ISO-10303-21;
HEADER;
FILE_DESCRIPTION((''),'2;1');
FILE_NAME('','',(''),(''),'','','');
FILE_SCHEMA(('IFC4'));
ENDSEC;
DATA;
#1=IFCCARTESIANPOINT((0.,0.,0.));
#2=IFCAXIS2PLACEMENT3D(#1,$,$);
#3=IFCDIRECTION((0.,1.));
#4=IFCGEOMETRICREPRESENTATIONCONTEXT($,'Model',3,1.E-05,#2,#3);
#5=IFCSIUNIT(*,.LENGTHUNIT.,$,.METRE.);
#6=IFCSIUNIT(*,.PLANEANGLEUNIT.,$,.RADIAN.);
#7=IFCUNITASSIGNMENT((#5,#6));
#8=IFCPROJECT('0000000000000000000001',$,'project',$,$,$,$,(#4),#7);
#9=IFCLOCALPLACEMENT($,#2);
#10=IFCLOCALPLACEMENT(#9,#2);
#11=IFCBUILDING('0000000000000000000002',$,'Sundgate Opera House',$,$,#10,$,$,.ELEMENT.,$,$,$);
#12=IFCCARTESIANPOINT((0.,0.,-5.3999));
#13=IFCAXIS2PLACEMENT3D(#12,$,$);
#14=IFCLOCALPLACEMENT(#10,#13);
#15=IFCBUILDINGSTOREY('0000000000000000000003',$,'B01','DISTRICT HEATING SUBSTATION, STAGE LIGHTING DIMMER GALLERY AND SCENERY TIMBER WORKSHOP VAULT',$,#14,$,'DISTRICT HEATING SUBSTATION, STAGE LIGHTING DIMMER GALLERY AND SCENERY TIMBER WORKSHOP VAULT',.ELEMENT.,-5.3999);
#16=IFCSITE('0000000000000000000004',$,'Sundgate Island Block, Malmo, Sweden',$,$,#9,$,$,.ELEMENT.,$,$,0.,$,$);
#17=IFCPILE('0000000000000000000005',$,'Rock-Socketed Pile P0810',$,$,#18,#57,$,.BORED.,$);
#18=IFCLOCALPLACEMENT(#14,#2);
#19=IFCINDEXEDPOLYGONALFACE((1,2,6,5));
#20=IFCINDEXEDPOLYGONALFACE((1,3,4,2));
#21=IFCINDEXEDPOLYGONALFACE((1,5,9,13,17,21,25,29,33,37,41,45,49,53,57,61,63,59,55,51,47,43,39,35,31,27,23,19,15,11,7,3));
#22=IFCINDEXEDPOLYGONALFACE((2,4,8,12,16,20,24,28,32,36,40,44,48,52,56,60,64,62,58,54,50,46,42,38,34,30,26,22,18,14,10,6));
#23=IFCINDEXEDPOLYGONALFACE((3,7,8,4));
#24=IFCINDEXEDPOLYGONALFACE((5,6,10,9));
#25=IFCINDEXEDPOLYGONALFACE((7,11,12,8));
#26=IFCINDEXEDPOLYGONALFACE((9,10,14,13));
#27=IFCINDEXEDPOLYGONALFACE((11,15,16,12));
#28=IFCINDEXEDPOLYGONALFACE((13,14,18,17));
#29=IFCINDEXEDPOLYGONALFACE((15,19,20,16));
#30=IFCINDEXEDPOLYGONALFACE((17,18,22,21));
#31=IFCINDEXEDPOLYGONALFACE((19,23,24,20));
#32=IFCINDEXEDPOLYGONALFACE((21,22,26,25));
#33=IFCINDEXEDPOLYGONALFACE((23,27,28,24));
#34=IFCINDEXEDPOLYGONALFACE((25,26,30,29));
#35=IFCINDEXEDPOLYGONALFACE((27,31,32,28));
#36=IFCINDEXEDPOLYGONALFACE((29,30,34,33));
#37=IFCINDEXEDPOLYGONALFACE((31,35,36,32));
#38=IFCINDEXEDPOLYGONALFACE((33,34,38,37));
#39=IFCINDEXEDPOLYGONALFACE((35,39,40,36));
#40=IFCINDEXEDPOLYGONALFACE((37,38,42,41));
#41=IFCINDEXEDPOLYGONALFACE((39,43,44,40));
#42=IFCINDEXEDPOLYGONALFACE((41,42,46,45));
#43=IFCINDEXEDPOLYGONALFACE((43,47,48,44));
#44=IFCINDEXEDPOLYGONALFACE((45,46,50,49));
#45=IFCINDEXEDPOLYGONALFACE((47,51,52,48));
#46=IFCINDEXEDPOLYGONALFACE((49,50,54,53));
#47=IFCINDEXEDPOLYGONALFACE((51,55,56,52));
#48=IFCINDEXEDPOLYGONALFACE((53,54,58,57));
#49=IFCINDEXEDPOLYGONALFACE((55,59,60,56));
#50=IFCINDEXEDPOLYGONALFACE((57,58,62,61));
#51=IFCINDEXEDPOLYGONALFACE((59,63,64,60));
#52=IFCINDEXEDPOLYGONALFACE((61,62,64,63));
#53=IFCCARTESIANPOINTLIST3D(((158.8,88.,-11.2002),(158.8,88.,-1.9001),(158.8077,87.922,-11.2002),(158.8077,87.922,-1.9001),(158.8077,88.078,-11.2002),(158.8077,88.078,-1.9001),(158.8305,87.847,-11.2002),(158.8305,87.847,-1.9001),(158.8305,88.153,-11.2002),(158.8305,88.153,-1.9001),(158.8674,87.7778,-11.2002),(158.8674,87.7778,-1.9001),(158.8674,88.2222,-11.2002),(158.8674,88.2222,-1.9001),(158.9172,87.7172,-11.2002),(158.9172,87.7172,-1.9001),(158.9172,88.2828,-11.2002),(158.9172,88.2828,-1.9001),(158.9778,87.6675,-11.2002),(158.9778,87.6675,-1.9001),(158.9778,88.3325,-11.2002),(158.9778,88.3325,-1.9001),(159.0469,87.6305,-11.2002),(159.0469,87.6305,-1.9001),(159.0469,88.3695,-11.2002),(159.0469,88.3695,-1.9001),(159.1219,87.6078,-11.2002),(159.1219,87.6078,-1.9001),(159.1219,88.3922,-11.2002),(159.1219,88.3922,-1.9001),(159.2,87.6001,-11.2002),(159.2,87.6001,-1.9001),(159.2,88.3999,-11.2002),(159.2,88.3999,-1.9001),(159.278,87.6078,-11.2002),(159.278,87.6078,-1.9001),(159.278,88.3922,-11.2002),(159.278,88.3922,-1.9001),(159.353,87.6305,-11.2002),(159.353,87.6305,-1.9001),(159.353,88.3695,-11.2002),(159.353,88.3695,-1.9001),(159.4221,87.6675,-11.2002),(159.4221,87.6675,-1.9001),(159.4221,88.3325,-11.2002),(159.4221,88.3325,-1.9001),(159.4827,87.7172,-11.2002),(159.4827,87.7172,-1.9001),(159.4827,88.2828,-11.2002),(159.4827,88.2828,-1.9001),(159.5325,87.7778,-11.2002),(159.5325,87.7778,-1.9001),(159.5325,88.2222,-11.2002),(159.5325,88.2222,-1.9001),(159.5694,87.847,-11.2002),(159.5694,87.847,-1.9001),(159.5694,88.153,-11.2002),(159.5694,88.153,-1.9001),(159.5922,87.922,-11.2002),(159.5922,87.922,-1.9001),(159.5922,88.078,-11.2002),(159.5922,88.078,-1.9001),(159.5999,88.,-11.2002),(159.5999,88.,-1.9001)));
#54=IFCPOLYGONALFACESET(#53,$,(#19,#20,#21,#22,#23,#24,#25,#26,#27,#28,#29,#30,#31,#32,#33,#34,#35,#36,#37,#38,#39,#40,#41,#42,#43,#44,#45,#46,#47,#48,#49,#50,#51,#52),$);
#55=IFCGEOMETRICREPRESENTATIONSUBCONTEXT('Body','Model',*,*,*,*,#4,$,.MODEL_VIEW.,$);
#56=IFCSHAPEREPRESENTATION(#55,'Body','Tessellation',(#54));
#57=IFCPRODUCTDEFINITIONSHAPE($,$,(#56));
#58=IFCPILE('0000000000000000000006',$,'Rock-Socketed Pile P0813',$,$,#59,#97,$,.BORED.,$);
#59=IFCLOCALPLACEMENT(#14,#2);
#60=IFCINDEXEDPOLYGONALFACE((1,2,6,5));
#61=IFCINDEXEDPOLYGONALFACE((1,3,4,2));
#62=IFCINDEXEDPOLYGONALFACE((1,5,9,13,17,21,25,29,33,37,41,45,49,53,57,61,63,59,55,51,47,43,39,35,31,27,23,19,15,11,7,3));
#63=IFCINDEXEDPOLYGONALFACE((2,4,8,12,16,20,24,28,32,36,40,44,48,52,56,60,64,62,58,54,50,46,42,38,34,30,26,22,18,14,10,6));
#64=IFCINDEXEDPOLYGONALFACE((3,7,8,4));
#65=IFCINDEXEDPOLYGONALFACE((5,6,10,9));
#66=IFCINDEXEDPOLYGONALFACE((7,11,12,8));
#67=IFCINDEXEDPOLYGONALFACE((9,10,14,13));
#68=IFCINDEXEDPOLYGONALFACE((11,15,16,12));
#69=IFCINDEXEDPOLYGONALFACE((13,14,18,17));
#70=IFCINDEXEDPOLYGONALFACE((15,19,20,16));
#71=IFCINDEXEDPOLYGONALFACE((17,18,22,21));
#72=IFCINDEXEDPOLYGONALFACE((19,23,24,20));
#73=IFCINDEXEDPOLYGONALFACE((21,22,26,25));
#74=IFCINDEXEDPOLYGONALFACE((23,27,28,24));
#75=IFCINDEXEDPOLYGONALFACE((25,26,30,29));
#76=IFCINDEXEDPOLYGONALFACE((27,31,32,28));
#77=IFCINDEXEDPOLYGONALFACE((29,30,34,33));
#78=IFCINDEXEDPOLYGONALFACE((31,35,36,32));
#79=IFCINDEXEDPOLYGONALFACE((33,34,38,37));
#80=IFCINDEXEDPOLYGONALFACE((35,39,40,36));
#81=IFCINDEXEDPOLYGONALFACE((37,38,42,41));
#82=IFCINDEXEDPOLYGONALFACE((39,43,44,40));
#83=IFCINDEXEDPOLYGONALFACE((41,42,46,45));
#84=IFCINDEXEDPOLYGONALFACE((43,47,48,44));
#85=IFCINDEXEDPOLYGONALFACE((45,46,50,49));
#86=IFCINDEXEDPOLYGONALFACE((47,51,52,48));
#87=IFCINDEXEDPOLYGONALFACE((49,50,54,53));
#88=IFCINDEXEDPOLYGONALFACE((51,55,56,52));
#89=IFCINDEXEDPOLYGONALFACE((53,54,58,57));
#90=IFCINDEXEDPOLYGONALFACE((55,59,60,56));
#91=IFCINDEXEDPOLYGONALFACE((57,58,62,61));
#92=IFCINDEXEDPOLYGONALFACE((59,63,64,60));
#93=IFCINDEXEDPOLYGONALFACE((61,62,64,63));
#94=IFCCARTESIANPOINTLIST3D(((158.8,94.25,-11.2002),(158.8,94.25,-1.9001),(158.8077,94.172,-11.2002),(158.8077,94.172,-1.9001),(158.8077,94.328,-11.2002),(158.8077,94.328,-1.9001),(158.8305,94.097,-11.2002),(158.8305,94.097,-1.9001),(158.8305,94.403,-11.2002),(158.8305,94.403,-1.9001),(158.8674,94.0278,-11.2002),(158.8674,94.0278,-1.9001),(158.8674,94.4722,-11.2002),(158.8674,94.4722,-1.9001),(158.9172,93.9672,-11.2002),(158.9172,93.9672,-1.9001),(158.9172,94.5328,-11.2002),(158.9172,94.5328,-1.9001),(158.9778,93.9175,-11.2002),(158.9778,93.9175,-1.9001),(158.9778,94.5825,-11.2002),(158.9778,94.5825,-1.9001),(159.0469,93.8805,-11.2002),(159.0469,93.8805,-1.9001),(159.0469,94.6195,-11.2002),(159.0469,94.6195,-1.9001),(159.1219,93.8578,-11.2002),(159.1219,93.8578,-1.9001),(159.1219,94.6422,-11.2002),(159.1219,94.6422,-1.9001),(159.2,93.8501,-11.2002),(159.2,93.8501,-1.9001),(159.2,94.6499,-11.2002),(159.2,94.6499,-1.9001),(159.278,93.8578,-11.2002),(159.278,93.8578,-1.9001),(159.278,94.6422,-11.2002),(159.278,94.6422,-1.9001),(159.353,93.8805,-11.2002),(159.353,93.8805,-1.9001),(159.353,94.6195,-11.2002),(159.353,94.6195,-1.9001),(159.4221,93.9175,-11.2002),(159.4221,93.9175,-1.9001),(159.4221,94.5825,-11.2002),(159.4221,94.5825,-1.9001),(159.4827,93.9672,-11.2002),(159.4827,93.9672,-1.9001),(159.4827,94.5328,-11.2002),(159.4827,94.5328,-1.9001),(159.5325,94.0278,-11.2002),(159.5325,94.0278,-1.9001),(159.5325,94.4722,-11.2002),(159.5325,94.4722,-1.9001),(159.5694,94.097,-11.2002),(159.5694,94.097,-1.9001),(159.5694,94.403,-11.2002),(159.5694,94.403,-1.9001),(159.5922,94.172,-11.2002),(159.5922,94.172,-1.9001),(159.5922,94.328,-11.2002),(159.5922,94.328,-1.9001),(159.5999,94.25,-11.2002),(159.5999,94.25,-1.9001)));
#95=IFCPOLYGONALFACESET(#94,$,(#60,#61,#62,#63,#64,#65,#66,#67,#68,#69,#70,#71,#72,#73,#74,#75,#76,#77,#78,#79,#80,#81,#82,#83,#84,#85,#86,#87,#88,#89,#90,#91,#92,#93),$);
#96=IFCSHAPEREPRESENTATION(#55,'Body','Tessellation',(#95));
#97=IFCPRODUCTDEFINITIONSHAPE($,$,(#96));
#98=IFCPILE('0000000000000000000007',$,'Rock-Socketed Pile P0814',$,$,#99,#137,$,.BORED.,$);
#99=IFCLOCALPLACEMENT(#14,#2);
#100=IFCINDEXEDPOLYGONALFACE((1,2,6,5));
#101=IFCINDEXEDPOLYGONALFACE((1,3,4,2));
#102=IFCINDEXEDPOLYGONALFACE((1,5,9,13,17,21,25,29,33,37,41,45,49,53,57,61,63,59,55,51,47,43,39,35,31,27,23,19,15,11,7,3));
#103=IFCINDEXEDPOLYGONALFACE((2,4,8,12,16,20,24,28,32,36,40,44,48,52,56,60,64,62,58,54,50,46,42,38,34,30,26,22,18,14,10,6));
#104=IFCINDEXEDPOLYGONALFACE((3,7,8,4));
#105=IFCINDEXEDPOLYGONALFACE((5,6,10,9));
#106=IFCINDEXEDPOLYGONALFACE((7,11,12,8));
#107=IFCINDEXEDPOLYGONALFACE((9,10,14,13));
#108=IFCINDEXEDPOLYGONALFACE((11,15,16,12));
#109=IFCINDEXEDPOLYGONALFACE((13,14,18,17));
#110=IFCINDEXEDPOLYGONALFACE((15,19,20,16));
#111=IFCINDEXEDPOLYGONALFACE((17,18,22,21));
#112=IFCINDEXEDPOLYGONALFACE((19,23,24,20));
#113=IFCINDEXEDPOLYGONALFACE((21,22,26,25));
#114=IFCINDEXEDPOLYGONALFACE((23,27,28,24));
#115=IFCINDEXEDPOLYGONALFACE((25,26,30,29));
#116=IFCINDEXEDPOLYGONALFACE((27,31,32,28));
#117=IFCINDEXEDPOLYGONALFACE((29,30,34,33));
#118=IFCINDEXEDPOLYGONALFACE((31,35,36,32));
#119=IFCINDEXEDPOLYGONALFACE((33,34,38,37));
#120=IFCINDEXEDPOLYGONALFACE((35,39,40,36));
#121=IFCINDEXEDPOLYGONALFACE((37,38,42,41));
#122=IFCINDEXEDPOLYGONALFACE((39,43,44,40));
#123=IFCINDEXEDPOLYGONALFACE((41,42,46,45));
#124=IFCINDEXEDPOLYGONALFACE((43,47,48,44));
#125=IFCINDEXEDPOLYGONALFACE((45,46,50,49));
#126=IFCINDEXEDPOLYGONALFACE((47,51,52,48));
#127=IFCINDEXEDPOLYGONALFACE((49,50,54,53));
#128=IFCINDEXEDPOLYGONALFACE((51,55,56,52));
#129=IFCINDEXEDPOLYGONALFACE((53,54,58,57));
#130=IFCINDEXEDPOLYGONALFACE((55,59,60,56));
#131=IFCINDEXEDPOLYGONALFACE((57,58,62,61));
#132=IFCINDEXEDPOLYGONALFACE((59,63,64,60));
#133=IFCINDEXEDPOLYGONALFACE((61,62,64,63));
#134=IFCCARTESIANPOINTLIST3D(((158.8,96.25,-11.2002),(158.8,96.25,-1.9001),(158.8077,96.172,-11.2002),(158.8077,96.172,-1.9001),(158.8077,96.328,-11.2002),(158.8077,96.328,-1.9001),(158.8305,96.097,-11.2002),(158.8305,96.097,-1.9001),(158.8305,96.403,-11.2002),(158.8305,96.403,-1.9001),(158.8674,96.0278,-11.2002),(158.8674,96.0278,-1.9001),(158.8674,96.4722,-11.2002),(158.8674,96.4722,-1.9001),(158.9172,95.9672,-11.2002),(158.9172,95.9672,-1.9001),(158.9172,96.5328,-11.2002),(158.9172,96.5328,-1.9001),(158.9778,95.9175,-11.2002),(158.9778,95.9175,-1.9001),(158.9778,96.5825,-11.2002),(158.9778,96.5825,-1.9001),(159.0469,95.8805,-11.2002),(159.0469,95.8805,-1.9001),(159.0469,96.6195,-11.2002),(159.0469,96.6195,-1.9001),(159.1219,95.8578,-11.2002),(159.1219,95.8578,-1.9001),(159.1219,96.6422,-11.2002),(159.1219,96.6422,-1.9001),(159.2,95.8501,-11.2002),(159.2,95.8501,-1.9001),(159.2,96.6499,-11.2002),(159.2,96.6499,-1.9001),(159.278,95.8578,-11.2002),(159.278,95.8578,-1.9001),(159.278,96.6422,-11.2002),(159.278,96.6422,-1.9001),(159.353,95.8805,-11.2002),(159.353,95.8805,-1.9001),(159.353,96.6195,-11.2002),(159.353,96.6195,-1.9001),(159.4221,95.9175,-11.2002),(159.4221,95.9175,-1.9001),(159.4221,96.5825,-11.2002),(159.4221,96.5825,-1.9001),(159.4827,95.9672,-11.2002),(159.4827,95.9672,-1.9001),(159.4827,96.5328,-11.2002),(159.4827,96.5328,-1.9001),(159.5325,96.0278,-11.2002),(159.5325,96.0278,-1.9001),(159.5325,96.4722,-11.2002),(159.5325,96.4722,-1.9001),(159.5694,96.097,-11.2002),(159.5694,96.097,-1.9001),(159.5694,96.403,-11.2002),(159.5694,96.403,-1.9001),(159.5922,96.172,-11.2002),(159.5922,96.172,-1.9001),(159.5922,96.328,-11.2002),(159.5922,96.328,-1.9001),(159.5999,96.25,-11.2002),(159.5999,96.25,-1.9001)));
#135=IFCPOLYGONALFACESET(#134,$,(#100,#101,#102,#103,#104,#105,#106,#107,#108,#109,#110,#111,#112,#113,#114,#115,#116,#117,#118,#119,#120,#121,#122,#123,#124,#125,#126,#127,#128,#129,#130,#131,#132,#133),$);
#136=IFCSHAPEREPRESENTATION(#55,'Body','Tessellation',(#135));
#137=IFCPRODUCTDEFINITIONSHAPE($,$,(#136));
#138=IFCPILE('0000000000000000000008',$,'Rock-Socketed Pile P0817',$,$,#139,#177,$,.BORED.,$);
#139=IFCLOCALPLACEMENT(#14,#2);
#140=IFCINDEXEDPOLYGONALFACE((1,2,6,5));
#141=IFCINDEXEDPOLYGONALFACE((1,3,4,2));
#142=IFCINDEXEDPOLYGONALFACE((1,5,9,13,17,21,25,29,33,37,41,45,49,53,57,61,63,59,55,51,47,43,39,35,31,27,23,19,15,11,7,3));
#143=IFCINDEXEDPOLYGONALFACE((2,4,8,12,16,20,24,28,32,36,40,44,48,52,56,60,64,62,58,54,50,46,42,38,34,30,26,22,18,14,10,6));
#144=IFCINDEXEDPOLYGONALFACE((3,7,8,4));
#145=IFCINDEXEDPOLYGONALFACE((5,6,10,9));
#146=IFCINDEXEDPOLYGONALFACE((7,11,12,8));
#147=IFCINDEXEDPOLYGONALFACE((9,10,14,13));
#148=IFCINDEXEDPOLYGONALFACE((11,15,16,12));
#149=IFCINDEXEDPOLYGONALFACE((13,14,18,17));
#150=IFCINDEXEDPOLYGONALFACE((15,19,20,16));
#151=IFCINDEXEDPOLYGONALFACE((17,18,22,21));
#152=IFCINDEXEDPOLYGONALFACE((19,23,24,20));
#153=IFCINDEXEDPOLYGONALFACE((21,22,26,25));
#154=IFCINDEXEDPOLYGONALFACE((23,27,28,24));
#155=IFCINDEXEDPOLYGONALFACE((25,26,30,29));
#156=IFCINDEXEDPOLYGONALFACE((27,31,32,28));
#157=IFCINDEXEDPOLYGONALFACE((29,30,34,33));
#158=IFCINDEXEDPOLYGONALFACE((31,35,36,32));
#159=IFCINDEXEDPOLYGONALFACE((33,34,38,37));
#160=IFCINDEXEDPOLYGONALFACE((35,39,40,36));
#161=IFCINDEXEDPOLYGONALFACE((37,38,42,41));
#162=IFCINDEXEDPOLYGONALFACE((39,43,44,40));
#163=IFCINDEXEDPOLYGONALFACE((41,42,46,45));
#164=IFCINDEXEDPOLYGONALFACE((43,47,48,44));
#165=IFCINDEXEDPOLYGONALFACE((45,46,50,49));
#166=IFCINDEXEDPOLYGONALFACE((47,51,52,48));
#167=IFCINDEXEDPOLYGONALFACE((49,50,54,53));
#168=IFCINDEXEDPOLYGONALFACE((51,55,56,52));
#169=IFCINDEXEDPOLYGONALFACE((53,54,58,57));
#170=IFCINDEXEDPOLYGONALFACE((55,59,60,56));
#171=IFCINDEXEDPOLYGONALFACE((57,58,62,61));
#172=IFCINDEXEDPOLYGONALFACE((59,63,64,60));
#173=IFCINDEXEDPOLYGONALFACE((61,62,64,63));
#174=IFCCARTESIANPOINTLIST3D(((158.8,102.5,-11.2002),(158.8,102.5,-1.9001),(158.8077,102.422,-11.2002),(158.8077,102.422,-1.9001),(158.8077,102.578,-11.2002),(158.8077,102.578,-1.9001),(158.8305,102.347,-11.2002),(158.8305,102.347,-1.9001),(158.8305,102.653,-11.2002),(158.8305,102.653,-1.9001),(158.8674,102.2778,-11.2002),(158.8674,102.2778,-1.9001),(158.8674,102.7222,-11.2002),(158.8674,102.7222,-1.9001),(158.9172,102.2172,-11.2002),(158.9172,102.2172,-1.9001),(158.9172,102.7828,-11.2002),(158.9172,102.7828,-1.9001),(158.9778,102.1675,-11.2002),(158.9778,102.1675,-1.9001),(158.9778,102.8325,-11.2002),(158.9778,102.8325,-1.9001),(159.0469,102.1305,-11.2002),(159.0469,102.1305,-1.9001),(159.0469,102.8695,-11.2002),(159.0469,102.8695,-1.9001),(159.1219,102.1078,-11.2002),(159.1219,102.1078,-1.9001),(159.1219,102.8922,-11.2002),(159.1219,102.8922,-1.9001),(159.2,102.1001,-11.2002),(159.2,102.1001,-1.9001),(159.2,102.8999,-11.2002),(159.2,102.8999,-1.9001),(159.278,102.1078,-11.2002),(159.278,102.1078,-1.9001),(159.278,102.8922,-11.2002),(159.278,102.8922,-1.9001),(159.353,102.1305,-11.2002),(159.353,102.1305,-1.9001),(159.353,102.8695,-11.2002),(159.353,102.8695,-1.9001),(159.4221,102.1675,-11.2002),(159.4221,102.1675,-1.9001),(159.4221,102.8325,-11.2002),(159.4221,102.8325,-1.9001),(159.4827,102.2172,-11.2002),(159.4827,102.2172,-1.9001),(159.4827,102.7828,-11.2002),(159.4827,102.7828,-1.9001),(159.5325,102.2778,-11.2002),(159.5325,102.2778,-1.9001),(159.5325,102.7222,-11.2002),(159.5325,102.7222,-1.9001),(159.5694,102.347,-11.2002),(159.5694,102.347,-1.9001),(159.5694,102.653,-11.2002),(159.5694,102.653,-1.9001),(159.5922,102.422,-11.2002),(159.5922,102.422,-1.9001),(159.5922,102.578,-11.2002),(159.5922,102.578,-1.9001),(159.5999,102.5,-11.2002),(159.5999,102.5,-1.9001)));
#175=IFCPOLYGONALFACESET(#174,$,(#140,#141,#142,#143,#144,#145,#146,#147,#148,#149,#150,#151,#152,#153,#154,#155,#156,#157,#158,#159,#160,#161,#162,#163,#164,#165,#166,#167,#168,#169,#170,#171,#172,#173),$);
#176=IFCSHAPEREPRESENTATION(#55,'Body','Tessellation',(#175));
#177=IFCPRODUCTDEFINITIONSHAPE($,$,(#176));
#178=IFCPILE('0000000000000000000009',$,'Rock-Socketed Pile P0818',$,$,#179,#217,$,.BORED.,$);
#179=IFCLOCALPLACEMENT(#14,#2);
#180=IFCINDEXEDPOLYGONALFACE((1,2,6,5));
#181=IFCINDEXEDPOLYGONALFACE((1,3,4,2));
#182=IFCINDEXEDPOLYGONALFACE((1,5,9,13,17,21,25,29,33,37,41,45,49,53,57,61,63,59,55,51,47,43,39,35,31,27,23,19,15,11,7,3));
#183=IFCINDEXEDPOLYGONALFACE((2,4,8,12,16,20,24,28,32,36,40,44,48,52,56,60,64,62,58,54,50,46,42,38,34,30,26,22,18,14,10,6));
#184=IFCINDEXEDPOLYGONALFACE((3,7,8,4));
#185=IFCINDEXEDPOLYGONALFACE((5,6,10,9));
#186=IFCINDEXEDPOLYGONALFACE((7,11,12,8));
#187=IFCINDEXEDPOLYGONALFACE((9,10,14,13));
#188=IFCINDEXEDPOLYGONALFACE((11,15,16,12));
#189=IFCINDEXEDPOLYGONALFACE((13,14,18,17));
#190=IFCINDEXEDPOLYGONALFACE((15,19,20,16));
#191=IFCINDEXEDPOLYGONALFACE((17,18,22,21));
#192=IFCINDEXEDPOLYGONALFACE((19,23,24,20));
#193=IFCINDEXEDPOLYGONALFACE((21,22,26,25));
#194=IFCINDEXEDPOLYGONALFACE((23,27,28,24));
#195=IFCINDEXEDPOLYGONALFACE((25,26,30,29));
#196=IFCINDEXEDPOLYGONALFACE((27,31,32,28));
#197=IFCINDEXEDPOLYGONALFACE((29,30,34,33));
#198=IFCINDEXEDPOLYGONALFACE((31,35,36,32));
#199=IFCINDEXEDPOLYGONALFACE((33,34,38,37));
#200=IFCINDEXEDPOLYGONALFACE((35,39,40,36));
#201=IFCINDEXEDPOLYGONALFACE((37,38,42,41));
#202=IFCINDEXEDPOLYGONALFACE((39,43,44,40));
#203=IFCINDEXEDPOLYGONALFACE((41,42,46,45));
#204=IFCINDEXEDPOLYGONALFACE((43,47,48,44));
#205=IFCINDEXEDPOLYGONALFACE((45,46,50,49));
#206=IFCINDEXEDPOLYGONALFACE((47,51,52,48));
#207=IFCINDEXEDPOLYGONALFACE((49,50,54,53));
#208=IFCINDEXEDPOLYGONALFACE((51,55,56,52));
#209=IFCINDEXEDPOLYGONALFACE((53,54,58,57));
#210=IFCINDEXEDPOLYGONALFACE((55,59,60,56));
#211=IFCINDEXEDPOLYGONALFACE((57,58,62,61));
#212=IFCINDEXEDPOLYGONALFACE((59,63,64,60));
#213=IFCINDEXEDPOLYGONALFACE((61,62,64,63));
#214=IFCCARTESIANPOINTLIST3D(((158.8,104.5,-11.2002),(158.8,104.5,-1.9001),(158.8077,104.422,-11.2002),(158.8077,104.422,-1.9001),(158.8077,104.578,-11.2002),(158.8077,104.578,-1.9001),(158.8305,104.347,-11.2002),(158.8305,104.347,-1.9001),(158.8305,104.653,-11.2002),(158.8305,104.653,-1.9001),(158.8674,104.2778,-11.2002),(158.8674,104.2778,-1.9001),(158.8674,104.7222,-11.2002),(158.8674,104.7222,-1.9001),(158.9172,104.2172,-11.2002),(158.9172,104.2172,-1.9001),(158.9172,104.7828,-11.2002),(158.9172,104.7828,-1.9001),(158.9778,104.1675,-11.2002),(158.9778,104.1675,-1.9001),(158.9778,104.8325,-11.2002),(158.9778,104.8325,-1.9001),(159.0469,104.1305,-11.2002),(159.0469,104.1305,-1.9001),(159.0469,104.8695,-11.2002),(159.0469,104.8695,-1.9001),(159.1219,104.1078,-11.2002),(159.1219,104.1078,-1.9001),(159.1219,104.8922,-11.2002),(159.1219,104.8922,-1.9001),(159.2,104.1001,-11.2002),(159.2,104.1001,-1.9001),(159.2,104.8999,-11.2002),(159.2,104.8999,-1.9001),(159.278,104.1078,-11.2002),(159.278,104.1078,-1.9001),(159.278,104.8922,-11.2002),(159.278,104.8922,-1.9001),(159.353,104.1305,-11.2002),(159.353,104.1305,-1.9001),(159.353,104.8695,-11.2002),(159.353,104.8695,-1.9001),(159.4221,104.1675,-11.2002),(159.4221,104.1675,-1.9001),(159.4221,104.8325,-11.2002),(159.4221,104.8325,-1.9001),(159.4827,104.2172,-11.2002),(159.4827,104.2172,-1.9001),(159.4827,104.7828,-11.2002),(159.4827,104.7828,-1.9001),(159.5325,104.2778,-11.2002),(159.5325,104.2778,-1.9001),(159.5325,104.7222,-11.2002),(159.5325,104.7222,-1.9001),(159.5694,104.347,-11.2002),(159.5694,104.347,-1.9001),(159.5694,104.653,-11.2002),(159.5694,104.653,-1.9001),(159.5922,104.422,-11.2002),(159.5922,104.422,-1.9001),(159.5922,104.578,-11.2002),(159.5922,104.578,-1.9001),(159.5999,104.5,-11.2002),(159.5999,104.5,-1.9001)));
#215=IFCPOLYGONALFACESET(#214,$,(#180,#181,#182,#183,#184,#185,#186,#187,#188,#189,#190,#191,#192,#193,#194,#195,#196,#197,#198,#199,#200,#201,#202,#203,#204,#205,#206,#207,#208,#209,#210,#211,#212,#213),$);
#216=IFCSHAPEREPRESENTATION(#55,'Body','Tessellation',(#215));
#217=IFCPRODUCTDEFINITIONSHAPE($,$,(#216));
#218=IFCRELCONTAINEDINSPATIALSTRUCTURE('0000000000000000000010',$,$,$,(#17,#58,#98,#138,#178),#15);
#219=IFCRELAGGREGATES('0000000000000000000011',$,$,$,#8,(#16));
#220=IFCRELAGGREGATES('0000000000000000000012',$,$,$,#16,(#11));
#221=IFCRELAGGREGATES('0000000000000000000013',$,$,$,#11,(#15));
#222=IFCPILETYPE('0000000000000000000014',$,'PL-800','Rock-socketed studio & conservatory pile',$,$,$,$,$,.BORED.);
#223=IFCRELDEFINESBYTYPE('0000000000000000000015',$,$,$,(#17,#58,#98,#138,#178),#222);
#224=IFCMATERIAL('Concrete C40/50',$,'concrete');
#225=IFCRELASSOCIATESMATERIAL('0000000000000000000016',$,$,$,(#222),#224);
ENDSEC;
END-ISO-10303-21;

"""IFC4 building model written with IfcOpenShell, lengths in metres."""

from ifc_helpers import new_model, si_unit, direction, frame, origin, origin_2d, place, context, subcontext, project, spatial, circle, extrude, material, material_profile, profile_set, type_object, element, save


model = new_model("IFC4")

# Units and contexts
model_context = context("Model", 3, precision=1e-05, world=origin(), true_north=direction((0.0, 1.0)))
body_context = subcontext(model_context, "Body", "Model", "MODEL_VIEW")
ifc_project = project(units=[si_unit("LENGTHUNIT", "METRE"), si_unit("PLANEANGLEUNIT", "RADIAN")], contexts=[model_context])

# Site, building, storey
site_placement = place(None, origin())
site = spatial("IfcSite", under=ifc_project, at=site_placement, Name="Sundgate Island Block, Malmo, Sweden", CompositionType="ELEMENT", RefElevation=0.0)
building_placement = place(site_placement, origin())
building = spatial("IfcBuilding", under=site, at=building_placement, Name="Sundgate Opera House", CompositionType="ELEMENT")
storey_placement = place(building_placement, frame((0.0, 0.0, -5.3999)))
storey = spatial("IfcBuildingStorey", under=building, at=storey_placement, Name="B01", Description="DISTRICT HEATING SUBSTATION, STAGE LIGHTING DIMMER GALLERY AND SCENERY TIMBER WORKSHOP VAULT", LongName="DISTRICT HEATING SUBSTATION, STAGE LIGHTING DIMMER GALLERY AND SCENERY TIMBER WORKSHOP VAULT", CompositionType="ELEMENT", Elevation=-5.3999)

# Piles
ifc_material_1 = material(Name="Concrete C40/50", Category="concrete")
ifc_material_profile_1 = material_profile(ifc_material_1, circle(Radius=0.3999, at=origin_2d()), Name="PILE D800")
ifc_profile_set_1 = profile_set([ifc_material_profile_1], Name="Concrete C40/50")
pile_type = type_object("IfcPileType", Name="PL-800", Description="Rock-socketed studio & conservatory pile", PredefinedType="BORED", material=ifc_profile_set_1)
for number, where, z_axis, x_axis, name in (
    (1, (159.2, 88.0, -1.9001), (0.0, 0.0, -1.0), (1.0, 0.0, 0.0), "Rock-Socketed Pile P0810"),
    (2, (159.2, 94.25, -1.9001), (0.0, 0.0, -1.0), (1.0, 0.0, 0.0), "Rock-Socketed Pile P0813"),
    (3, (159.2, 96.25, -1.9001), (0.0, 0.0, -1.0), (1.0, 0.0, 0.0), "Rock-Socketed Pile P0814"),
    (4, (159.2, 102.5, -1.9001), (0.0, 0.0, -1.0), (1.0, 0.0, 0.0), "Rock-Socketed Pile P0817"),
    (5, (159.2, 104.5, -1.9001), (0.0, 0.0, -1.0), (1.0, 0.0, 0.0), "Rock-Socketed Pile P0818"),
):
    element("IfcPile", number, at=place(storey_placement, frame(where, z_axis=z_axis, x_axis=x_axis)), inside=storey, type_object=pile_type, Name=name, PredefinedType="BORED", context=body_context, shape_type="SweptSolid", body=[
        extrude(circle(Radius=0.3999, at=origin_2d()), origin(), (0.0, 0.0, 1.0), 9.3),
    ])

save(model, "model.ifc")
